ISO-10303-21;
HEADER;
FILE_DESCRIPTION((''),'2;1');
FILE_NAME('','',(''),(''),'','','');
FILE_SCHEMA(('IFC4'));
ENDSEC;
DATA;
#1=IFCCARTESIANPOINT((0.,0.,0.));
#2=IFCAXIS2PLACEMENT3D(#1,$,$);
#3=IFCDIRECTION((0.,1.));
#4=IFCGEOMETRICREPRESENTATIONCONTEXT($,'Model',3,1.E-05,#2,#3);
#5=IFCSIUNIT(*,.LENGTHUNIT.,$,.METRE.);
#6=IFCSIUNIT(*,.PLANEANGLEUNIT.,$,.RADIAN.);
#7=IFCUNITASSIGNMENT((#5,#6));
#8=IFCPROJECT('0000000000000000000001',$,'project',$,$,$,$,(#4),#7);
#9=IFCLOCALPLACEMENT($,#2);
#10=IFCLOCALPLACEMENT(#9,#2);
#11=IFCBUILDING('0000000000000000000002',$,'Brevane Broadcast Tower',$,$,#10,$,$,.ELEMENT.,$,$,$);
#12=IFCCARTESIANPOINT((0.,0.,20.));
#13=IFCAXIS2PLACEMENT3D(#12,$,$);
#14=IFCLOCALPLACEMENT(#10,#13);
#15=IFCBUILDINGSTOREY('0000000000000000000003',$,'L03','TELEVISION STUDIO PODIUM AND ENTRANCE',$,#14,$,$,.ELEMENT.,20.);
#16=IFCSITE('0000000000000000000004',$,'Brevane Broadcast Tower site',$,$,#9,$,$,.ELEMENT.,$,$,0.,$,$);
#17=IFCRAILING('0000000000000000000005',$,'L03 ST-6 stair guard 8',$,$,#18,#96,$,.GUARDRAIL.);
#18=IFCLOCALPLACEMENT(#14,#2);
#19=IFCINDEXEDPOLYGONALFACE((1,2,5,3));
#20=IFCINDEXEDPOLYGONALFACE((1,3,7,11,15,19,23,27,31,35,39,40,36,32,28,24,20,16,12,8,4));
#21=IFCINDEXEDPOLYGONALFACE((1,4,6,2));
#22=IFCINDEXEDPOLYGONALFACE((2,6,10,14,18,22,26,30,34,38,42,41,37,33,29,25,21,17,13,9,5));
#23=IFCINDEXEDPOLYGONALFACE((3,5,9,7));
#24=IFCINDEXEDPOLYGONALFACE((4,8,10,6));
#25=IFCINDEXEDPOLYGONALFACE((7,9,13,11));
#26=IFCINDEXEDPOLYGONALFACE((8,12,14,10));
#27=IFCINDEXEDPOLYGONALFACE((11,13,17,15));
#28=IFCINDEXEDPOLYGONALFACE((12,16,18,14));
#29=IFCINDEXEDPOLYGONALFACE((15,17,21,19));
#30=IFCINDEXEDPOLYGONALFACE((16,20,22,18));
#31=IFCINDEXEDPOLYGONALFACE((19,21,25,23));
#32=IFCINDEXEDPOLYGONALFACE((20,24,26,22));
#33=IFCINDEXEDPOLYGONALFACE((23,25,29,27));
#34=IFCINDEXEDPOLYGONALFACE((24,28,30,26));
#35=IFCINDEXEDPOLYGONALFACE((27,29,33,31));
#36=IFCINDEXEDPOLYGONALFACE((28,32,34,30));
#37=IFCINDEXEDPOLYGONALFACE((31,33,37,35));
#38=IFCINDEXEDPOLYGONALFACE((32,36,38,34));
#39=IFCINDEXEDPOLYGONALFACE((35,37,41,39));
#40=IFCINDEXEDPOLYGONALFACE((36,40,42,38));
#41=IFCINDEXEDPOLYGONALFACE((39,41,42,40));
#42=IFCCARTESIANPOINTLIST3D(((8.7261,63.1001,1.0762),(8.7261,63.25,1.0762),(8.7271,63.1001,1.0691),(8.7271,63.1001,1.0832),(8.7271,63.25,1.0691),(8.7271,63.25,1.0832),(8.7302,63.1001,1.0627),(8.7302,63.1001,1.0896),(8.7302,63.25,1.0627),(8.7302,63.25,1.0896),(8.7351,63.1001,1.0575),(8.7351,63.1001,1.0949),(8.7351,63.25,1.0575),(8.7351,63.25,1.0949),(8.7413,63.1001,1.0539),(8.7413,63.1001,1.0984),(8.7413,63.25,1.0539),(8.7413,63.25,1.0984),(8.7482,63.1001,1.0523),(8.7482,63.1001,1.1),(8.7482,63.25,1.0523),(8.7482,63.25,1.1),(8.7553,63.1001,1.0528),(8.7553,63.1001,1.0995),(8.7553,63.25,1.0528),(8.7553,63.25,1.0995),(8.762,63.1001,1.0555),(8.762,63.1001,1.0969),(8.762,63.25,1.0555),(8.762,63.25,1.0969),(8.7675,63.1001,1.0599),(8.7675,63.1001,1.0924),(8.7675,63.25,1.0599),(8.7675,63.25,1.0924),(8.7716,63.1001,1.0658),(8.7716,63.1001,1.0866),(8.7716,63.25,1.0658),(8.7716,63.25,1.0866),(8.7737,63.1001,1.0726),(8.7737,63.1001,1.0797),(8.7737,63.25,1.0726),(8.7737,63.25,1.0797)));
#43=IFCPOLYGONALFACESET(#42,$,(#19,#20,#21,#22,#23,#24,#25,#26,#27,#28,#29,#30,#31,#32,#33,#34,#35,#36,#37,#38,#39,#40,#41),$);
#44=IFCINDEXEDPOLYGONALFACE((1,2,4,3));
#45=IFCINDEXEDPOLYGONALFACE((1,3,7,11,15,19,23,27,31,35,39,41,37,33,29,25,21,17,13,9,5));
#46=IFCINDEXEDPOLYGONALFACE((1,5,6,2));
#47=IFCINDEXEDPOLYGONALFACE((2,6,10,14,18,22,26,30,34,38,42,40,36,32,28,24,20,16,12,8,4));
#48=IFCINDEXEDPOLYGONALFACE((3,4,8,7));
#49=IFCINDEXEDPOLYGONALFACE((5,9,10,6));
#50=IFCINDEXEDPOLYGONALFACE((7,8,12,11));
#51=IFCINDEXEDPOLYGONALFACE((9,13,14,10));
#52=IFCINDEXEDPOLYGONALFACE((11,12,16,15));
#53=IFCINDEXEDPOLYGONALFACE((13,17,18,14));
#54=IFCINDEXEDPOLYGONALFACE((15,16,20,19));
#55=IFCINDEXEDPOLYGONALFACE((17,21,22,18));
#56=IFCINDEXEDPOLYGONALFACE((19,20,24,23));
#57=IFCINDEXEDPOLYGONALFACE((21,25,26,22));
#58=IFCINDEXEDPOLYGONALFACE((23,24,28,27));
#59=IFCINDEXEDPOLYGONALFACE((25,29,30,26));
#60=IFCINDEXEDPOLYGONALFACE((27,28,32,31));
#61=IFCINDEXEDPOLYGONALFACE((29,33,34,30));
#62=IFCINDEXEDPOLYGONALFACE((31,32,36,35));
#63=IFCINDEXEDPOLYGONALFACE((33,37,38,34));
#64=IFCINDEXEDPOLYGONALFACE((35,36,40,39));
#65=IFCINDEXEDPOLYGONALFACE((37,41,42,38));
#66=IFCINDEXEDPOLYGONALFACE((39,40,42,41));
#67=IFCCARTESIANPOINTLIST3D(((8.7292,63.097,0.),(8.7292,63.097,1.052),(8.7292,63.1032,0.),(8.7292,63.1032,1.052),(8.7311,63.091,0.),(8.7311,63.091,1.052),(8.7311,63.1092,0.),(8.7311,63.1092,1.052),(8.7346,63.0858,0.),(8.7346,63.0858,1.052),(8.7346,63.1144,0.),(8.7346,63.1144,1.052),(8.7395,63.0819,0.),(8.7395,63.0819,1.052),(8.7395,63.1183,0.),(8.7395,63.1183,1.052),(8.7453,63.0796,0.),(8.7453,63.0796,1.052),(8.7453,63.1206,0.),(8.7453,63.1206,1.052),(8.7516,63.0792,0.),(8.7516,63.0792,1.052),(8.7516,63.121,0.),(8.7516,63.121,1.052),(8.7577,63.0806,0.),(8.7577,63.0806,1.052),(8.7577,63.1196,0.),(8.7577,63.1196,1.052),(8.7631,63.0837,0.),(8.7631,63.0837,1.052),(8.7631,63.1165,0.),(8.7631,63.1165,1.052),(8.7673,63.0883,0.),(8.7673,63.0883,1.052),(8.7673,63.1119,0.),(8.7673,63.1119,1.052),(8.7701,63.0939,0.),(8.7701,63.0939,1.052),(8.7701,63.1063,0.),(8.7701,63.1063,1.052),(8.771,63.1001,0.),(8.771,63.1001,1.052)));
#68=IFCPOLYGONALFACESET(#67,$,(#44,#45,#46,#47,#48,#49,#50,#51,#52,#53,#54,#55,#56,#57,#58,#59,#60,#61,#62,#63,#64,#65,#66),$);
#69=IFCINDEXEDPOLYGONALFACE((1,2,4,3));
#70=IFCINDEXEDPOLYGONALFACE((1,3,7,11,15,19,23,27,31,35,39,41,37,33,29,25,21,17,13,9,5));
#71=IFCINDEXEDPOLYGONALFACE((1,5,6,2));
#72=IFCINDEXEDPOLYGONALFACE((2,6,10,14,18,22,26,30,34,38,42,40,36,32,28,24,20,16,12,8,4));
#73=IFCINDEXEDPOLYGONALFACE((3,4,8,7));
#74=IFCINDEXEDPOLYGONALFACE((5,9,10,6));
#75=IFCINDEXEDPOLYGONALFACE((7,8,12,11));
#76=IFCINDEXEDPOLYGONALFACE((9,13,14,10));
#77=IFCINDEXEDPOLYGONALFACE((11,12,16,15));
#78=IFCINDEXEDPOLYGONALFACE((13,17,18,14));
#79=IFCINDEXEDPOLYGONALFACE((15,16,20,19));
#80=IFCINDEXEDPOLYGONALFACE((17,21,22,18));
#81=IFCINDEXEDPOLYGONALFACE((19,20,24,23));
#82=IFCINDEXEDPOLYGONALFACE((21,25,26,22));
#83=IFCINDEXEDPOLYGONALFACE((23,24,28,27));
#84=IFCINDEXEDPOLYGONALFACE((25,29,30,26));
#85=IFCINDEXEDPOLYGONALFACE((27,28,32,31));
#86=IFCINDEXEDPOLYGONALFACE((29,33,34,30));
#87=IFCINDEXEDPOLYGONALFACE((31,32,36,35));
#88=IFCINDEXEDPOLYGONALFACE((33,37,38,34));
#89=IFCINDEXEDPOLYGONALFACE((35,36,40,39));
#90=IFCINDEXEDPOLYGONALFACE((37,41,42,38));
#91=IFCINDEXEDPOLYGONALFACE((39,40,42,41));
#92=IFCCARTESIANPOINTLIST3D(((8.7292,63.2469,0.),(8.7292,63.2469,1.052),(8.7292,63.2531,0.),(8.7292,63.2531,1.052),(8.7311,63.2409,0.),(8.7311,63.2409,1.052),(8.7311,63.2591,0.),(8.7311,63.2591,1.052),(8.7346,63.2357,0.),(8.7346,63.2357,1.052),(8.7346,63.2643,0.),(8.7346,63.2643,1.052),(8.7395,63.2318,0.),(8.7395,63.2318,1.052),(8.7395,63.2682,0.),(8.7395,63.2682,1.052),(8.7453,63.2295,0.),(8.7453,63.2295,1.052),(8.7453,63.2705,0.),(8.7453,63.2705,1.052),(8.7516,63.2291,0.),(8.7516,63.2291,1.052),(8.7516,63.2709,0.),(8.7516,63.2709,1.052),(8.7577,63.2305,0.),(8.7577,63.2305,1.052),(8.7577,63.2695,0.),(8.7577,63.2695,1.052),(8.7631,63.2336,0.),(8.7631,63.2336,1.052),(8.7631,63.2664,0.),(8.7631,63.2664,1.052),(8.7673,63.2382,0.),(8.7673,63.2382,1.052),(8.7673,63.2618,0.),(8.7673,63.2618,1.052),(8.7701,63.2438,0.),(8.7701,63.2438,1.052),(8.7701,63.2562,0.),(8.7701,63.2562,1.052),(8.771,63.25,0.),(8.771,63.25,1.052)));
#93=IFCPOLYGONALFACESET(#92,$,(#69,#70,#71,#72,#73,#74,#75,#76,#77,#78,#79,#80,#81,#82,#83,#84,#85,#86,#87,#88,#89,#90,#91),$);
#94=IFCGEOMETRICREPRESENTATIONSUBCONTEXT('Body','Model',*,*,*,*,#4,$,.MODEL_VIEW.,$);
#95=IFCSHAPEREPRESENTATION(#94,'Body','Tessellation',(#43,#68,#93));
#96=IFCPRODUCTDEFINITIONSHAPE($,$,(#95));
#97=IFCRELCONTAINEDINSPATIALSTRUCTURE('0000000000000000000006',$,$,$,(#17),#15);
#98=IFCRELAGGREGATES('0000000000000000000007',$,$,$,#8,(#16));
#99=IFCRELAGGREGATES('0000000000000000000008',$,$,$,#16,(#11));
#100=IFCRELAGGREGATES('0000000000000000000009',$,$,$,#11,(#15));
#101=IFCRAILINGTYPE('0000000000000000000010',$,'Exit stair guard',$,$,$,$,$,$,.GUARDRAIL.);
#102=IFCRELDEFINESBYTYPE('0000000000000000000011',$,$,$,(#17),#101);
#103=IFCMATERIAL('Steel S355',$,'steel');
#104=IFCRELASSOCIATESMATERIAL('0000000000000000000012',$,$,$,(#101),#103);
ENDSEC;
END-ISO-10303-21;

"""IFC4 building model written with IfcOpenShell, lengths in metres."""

from ifc_helpers import new_model, si_unit, direction, frame, origin, origin_2d, place, context, subcontext, project, spatial, circle, extrude, material, type_object, element, save


model = new_model("IFC4")

# Units and contexts
model_context = context("Model", 3, precision=1e-05, world=origin(), true_north=direction((0.0, 1.0)))
body_context = subcontext(model_context, "Body", "Model", "MODEL_VIEW")
ifc_project = project(units=[si_unit("LENGTHUNIT", "METRE"), si_unit("PLANEANGLEUNIT", "RADIAN")], contexts=[model_context])

# Site, building, storey
site_placement = place(None, origin())
site = spatial("IfcSite", under=ifc_project, at=site_placement, Name="Brevane Broadcast Tower site", CompositionType="ELEMENT", RefElevation=0.0)
building_placement = place(site_placement, origin())
building = spatial("IfcBuilding", under=site, at=building_placement, Name="Brevane Broadcast Tower", CompositionType="ELEMENT")
storey_placement = place(building_placement, frame((0.0, 0.0, 20.0)))
storey = spatial("IfcBuildingStorey", under=building, at=storey_placement, Name="L03", Description="TELEVISION STUDIO PODIUM AND ENTRANCE", CompositionType="ELEMENT", Elevation=20.0)

# Railing
ifc_material_1 = material(Name="Steel S355", Category="steel")
railing_type_1 = type_object("IfcRailingType", Name="Exit stair guard", PredefinedType="GUARDRAIL", material=ifc_material_1)
railing_1_placement = place(storey_placement, frame((8.75, 63.1001, 0.0)))
element("IfcRailing", 1, at=railing_1_placement, inside=storey, type_object=railing_type_1, Name="L03 ST-6 stair guard 8", PredefinedType="GUARDRAIL", context=body_context, shape_type="SweptSolid", body=[
    extrude(circle(Radius=0.0239, at=origin_2d()), frame((0.0, 0.0, 1.0762), z_axis=(0.0, 1.0, 0.0), x_axis=(-1.0, 0.0, 0.0)), (0.0, 0.0, 1.0), 0.1499),
    extrude(circle(Radius=0.021, at=origin_2d()), origin(), (0.0, 0.0, 1.0), 1.052),
    extrude(circle(Radius=0.021, at=origin_2d()), frame((0.0, 0.1499, 0.0)), (0.0, 0.0, 1.0), 1.052),
])

save(model, "model.ifc")
